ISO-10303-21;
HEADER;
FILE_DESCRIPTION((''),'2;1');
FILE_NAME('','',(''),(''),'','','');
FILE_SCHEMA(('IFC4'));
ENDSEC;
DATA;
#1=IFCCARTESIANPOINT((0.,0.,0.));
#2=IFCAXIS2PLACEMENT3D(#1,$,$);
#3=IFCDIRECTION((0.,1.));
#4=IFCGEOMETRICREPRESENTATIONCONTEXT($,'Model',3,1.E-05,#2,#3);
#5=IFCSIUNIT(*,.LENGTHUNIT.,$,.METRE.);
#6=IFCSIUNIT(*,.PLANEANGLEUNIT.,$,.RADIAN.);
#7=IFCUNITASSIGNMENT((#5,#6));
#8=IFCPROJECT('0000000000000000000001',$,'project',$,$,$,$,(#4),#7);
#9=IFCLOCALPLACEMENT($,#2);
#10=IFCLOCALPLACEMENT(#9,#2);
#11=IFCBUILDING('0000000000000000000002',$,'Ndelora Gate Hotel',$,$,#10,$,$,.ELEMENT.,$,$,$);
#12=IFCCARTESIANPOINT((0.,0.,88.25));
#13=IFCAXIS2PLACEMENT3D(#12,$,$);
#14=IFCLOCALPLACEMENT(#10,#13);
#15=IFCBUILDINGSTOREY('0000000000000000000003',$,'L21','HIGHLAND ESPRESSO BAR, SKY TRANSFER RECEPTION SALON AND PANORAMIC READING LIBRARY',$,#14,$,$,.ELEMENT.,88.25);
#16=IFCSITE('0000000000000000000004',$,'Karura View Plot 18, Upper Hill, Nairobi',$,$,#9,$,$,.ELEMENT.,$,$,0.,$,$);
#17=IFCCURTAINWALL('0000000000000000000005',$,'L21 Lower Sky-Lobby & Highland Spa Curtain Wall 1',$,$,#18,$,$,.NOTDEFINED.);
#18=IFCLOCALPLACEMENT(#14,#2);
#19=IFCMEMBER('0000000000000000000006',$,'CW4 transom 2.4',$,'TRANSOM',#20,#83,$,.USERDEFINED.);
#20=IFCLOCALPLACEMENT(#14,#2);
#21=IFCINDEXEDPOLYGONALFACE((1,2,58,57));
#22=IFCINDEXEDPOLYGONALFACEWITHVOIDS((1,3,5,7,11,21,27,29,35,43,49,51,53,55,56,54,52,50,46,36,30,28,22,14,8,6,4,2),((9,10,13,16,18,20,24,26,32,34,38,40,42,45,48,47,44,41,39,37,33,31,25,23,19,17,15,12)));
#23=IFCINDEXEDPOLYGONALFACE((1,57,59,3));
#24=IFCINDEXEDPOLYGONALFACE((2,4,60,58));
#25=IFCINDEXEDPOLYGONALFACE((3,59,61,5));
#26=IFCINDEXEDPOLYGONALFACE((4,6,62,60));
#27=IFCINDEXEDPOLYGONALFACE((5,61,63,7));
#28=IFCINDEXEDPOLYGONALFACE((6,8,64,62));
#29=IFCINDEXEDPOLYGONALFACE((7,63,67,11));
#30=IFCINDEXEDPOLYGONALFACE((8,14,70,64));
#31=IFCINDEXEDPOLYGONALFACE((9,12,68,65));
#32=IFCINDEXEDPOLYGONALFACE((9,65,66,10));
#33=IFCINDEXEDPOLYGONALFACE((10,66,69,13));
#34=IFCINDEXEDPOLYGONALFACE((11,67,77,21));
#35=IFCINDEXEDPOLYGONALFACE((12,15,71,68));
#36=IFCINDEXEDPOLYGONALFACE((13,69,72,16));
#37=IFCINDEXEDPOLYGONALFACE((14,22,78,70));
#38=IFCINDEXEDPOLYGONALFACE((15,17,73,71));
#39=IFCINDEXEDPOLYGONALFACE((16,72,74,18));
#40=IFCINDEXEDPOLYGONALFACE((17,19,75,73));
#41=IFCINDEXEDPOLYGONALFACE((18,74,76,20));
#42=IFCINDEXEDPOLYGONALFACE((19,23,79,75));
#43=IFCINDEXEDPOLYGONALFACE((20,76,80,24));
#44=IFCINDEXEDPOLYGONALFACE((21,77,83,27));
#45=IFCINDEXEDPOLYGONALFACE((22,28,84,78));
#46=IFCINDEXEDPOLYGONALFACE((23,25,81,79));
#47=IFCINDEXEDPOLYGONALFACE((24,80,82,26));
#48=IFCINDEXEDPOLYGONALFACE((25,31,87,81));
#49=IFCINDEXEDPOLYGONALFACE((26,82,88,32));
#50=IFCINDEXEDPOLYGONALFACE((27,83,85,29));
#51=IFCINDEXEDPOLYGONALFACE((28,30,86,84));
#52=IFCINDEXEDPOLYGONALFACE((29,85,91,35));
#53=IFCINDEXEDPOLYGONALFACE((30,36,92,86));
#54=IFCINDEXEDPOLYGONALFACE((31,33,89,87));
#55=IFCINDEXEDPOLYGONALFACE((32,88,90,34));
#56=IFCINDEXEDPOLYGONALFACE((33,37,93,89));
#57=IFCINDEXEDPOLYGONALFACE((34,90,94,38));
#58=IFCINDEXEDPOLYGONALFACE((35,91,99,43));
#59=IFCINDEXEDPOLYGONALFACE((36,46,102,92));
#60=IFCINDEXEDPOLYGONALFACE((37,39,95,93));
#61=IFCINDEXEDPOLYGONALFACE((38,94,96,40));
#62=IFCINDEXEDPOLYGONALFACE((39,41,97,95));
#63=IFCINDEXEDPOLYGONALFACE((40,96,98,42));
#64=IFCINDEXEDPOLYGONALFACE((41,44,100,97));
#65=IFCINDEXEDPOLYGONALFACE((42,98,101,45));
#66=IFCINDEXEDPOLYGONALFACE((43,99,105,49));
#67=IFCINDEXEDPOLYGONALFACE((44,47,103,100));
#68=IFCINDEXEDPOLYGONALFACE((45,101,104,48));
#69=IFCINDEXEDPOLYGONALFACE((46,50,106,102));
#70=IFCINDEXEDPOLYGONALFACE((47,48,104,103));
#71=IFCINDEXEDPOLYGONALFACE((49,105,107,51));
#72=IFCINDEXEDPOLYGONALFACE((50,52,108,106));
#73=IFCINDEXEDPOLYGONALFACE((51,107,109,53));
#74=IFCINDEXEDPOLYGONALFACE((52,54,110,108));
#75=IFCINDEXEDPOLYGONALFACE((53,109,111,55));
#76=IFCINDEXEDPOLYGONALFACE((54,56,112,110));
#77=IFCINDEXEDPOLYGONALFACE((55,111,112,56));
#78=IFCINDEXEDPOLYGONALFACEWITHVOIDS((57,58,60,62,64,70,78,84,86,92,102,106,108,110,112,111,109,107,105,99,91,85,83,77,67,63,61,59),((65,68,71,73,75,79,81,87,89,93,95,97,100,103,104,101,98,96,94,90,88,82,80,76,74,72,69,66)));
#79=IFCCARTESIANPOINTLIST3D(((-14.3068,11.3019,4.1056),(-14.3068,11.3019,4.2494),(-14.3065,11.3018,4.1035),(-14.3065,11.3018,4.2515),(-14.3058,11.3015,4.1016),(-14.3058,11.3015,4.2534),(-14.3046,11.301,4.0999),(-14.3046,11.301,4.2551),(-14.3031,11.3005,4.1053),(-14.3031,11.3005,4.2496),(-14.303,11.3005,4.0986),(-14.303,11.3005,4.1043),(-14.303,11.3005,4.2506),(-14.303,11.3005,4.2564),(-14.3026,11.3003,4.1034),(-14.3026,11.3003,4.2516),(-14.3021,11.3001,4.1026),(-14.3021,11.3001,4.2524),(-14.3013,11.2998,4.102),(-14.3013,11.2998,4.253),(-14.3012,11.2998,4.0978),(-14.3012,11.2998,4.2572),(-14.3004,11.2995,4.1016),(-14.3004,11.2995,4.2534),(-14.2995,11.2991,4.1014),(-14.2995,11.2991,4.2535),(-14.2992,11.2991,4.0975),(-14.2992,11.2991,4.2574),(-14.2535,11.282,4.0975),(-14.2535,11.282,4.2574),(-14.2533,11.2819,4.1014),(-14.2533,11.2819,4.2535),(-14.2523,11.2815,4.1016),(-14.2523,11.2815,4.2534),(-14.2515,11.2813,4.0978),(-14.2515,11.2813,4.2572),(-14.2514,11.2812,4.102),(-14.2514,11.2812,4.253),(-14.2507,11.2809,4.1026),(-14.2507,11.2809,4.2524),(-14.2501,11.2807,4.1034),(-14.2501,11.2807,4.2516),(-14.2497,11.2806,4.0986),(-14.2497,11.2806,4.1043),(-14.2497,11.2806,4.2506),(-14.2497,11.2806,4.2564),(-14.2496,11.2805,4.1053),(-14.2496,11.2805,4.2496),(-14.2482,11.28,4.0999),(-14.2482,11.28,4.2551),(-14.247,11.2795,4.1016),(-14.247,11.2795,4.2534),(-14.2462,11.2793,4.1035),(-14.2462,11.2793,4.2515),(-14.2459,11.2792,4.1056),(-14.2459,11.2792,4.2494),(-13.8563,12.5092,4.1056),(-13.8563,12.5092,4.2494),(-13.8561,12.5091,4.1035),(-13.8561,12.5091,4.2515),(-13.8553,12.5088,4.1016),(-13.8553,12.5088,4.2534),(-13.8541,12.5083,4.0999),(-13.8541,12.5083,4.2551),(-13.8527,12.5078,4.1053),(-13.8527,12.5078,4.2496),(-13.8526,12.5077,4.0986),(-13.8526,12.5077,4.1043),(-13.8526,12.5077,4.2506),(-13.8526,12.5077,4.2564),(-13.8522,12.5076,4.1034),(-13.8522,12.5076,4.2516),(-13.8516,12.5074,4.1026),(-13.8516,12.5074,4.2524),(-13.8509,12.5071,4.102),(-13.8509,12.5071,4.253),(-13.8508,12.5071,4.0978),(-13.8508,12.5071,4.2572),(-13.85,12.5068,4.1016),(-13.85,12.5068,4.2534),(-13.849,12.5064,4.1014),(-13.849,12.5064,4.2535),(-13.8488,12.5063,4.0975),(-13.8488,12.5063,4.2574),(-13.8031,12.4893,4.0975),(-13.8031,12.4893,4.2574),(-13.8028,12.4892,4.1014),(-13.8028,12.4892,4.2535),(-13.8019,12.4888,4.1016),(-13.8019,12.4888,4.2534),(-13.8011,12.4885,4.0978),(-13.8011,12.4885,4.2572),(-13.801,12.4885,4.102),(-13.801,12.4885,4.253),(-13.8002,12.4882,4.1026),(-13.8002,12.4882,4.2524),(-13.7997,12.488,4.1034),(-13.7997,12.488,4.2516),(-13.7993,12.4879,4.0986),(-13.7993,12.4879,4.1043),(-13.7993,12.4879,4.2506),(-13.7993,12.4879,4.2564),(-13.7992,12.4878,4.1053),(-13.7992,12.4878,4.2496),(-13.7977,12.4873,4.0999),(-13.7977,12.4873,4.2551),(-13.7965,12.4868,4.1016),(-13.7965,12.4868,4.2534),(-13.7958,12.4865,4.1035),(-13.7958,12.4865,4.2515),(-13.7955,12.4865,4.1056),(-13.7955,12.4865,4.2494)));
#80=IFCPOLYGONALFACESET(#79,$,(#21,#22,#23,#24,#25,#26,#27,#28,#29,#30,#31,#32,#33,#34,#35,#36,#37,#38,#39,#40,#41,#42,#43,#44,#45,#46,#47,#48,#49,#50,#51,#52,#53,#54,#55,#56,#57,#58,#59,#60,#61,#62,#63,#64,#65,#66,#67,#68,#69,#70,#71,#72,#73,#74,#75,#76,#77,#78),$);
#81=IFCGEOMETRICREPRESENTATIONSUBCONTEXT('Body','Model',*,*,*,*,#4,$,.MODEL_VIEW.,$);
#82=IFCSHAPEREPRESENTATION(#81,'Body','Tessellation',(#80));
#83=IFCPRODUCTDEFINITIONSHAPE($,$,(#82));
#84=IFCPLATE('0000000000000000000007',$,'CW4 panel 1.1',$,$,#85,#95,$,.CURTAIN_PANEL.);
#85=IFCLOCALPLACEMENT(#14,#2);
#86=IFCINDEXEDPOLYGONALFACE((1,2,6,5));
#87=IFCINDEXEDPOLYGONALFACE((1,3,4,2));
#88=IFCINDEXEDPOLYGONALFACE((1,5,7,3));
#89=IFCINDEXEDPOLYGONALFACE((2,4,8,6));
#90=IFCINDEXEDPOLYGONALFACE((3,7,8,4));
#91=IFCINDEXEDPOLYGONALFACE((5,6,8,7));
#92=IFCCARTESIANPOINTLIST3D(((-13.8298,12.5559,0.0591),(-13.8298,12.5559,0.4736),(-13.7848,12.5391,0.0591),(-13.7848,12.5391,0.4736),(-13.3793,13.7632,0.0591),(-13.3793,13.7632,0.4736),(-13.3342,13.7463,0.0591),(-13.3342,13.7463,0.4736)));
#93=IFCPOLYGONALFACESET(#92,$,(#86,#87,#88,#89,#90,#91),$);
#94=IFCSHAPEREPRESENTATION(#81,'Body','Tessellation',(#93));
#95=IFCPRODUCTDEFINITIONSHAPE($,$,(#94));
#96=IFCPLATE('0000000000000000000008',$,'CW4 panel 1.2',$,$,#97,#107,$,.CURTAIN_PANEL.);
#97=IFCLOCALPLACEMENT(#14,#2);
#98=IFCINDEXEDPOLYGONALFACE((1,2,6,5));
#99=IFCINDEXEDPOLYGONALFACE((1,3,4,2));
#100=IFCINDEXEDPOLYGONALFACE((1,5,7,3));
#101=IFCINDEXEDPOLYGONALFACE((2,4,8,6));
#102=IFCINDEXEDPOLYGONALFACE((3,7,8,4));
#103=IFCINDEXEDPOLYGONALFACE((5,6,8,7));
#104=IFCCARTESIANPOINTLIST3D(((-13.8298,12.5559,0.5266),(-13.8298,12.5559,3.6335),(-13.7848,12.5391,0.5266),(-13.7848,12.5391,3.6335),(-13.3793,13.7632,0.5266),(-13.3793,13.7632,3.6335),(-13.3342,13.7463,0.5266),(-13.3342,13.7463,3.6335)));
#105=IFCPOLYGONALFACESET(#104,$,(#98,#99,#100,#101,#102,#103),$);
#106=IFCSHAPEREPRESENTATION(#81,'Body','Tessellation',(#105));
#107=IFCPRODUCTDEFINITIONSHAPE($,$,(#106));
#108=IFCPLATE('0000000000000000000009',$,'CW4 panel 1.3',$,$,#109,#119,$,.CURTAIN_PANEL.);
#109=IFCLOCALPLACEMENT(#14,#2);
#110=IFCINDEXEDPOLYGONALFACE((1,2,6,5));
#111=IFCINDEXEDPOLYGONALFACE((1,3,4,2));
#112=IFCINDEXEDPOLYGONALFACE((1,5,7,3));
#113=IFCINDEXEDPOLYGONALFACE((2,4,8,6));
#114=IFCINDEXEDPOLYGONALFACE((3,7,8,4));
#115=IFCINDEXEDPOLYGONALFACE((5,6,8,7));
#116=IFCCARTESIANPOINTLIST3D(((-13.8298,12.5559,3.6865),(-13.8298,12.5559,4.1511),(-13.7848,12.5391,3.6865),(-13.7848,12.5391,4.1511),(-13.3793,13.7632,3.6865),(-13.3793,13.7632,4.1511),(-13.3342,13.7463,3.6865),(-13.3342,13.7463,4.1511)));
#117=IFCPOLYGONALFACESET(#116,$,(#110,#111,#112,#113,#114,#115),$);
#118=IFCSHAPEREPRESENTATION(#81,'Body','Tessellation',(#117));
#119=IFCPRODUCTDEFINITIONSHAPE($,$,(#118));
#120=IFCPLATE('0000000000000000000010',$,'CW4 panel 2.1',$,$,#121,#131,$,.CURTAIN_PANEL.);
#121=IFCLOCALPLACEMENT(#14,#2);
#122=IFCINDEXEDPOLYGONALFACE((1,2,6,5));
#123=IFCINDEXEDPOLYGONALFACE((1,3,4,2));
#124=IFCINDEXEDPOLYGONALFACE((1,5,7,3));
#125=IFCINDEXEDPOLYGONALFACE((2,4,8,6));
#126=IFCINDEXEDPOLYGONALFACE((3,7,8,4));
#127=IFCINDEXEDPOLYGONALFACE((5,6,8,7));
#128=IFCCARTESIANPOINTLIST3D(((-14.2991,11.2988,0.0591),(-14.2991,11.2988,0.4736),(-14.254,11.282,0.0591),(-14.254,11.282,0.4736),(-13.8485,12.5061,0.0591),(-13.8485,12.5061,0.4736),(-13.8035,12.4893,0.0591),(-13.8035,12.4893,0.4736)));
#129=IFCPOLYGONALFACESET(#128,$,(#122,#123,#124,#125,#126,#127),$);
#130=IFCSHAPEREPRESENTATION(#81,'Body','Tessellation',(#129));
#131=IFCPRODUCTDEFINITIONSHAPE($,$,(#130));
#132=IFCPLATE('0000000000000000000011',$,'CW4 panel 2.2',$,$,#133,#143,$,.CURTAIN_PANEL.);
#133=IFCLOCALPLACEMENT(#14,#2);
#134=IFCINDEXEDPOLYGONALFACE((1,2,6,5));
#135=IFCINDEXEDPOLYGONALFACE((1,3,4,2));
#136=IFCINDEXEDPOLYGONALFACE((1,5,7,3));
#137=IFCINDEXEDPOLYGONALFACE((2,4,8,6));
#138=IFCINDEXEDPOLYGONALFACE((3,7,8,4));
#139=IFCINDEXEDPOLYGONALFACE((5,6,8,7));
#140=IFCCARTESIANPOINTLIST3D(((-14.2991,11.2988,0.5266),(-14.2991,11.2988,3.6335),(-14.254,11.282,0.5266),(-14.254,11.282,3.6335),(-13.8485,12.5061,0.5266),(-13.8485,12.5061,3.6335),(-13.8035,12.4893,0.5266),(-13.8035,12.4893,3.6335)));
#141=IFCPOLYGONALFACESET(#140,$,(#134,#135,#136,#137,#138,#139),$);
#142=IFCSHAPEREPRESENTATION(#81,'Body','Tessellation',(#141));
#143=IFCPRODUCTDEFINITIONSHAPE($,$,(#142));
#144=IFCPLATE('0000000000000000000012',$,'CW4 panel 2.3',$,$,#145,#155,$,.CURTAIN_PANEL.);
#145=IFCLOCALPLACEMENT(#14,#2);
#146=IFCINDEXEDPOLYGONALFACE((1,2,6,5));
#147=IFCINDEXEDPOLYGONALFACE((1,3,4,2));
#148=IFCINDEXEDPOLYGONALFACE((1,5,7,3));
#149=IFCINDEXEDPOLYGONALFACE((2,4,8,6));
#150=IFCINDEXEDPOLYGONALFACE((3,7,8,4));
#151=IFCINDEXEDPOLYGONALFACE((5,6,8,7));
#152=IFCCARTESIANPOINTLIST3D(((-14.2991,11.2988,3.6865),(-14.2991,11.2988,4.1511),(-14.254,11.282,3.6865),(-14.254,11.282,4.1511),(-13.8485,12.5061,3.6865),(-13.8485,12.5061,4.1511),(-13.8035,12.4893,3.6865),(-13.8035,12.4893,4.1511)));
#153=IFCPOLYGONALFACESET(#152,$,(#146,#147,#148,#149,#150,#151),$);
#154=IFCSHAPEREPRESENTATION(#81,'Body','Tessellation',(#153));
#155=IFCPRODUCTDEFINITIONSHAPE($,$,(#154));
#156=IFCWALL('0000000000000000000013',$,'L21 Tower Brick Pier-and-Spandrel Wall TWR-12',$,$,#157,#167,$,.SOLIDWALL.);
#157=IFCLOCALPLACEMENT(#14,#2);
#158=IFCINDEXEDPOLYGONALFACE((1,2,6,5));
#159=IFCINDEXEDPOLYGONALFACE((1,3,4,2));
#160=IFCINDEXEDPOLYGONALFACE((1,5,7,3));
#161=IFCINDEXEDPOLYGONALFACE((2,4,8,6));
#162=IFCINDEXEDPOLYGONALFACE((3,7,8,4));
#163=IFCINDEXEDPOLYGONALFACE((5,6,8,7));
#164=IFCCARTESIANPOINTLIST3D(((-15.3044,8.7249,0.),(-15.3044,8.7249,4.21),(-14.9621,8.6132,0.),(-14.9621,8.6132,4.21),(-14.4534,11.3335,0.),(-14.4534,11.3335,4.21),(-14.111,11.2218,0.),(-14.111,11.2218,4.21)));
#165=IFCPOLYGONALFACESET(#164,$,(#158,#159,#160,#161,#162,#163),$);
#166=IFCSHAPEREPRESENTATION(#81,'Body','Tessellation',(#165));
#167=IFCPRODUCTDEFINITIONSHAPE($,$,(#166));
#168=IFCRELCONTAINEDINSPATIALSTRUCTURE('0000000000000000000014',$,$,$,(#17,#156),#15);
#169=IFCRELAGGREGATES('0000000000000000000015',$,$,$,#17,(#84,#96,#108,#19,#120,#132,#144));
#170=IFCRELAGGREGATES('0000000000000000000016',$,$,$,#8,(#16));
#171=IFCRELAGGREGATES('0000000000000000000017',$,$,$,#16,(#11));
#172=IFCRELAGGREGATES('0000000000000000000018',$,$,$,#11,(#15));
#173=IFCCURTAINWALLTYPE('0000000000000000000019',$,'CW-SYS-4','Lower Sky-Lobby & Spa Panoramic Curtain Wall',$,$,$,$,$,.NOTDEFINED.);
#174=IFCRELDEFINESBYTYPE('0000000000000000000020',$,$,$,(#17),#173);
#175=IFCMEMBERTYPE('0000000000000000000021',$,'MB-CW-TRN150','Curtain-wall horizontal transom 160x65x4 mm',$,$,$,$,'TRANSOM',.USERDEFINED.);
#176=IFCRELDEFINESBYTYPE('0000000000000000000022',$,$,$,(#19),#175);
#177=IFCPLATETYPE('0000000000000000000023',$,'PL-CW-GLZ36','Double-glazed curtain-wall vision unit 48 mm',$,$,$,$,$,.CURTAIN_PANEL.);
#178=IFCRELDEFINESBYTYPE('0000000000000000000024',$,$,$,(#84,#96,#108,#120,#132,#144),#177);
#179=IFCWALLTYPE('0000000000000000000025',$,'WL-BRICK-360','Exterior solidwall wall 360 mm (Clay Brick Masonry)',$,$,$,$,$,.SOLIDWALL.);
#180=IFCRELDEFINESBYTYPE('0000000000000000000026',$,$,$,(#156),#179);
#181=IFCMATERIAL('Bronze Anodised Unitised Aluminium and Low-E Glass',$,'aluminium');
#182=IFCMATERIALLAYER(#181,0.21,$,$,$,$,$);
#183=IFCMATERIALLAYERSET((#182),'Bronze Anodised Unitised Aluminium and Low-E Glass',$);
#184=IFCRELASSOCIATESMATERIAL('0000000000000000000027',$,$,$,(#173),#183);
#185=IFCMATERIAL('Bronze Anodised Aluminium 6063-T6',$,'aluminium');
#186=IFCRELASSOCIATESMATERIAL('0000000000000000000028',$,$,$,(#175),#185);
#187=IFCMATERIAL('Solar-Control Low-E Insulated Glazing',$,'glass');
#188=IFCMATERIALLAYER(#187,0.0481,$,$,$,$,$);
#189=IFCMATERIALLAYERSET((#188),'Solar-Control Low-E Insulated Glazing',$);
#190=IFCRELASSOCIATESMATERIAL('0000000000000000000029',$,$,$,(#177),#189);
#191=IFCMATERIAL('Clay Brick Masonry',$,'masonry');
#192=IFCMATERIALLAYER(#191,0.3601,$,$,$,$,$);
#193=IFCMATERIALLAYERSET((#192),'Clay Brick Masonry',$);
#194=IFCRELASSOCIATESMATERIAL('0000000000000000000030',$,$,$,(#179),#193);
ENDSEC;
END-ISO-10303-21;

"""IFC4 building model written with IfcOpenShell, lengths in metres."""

from ifc_helpers import new_model, si_unit, direction, frame, frame_2d, origin, origin_2d, place, context, subcontext, project, spatial, rectangle, hollow_rectangle, extrude, material, layer, layer_set, material_profile, profile_set, type_object, element, aggregate, save


model = new_model("IFC4")

# Units and contexts
model_context = context("Model", 3, precision=1e-05, world=origin(), true_north=direction((0.0, 1.0)))
body_context = subcontext(model_context, "Body", "Model", "MODEL_VIEW")
ifc_project = project(units=[si_unit("LENGTHUNIT", "METRE"), si_unit("PLANEANGLEUNIT", "RADIAN")], contexts=[model_context])

# Site, building, storey
site_placement = place(None, origin())
site = spatial("IfcSite", under=ifc_project, at=site_placement, Name="Karura View Plot 18, Upper Hill, Nairobi", CompositionType="ELEMENT", RefElevation=0.0)
building_placement = place(site_placement, origin())
building = spatial("IfcBuilding", under=site, at=building_placement, Name="Ndelora Gate Hotel", CompositionType="ELEMENT")
storey_placement = place(building_placement, frame((0.0, 0.0, 88.25)))
storey = spatial("IfcBuildingStorey", under=building, at=storey_placement, Name="L21", Description="HIGHLAND ESPRESSO BAR, SKY TRANSFER RECEPTION SALON AND PANORAMIC READING LIBRARY", CompositionType="ELEMENT", Elevation=88.25)

# Curtain wall, member, plates
ifc_material_1 = material(Name="Bronze Anodised Unitised Aluminium and Low-E Glass", Category="aluminium")
ifc_layer_1 = layer(ifc_material_1, 0.21)
ifc_layer_set_1 = layer_set([ifc_layer_1], Name="Bronze Anodised Unitised Aluminium and Low-E Glass")
curtain_wall_type = type_object("IfcCurtainWallType", Name="CW-SYS-4", Description="Lower Sky-Lobby & Spa Panoramic Curtain Wall", PredefinedType="NOTDEFINED", material=ifc_layer_set_1)
curtain_wall_placement = place(storey_placement, origin())
curtain_wall = element("IfcCurtainWall", 1, at=curtain_wall_placement, inside=storey, type_object=curtain_wall_type, Name="L21 Lower Sky-Lobby & Highland Spa Curtain Wall 1", PredefinedType="NOTDEFINED")
ifc_material_2 = material(Name="Bronze Anodised Aluminium 6063-T6", Category="aluminium")
ifc_material_profile_1 = material_profile(ifc_material_2, hollow_rectangle(XDim=0.0649, YDim=0.1599, WallThickness=0.0039, InnerFilletRadius=0.0039, OuterFilletRadius=0.0081, at=origin_2d()), Name="ALU 160x65x4")
ifc_profile_set_1 = profile_set([ifc_material_profile_1], Name="Bronze Anodised Aluminium 6063-T6")
member_type_1 = type_object("IfcMemberType", Name="MB-CW-TRN150", Description="Curtain-wall horizontal transom 160x65x4 mm", ElementType="TRANSOM", PredefinedType="USERDEFINED", material=ifc_profile_set_1)
member_1_placement = place(storey_placement, frame((-13.8259, 12.4978, 4.1775), z_axis=(-0.349566, -0.936912, 0.0), x_axis=(0.936912, -0.349566, 0.0)))
member_1 = element("IfcMember", 2, at=member_1_placement, type_object=member_type_1, Name="CW4 transom 2.4", ObjectType="TRANSOM", PredefinedType="USERDEFINED", context=body_context, shape_type="SweptSolid", body=[
    extrude(hollow_rectangle(XDim=0.0649, YDim=0.1599, WallThickness=0.0039, InnerFilletRadius=0.0039, OuterFilletRadius=0.0081, at=origin_2d()), origin(), (0.0, 0.0, 1.0), 1.2886),
])
ifc_material_3 = material(Name="Solar-Control Low-E Insulated Glazing", Category="glass")
ifc_layer_2 = layer(ifc_material_3, 0.0481)
ifc_layer_set_2 = layer_set([ifc_layer_2], Name="Solar-Control Low-E Insulated Glazing")
plate_type = type_object("IfcPlateType", Name="PL-CW-GLZ36", Description="Double-glazed curtain-wall vision unit 48 mm", PredefinedType="CURTAIN_PANEL", material=ifc_layer_set_2)
plate_1_placement = place(storey_placement, frame((-13.582, 13.1511, 0.0591), z_axis=(0.0, 0.0, 1.0), x_axis=(-0.349628, -0.936889, 0.0)))
plate_1 = element("IfcPlate", 3, at=plate_1_placement, type_object=plate_type, Name="CW4 panel 1.1", PredefinedType="CURTAIN_PANEL", context=body_context, shape_type="SweptSolid", body=[
    extrude(rectangle(XDim=1.2886, YDim=0.0481, at=origin_2d()), origin(), (0.0, 0.0, 1.0), 0.4146),
])
plate_2_placement = place(storey_placement, frame((-13.582, 13.1511, 0.5266), z_axis=(0.0, 0.0, 1.0), x_axis=(-0.349628, -0.936889, 0.0)))
plate_2 = element("IfcPlate", 4, at=plate_2_placement, type_object=plate_type, Name="CW4 panel 1.2", PredefinedType="CURTAIN_PANEL", context=body_context, shape_type="SweptSolid", body=[
    extrude(rectangle(XDim=1.2886, YDim=0.0481, at=origin_2d()), origin(), (0.0, 0.0, 1.0), 3.1069),
])
plate_3_placement = place(storey_placement, frame((-13.582, 13.1511, 3.6865), z_axis=(0.0, 0.0, 1.0), x_axis=(-0.349628, -0.936889, 0.0)))
plate_3 = element("IfcPlate", 5, at=plate_3_placement, type_object=plate_type, Name="CW4 panel 1.3", PredefinedType="CURTAIN_PANEL", context=body_context, shape_type="SweptSolid", body=[
    extrude(rectangle(XDim=1.2886, YDim=0.0481, at=origin_2d()), origin(), (0.0, 0.0, 1.0), 0.4646),
])
plate_4_placement = place(storey_placement, frame((-14.0513, 11.894, 0.0591), z_axis=(0.0, 0.0, 1.0), x_axis=(-0.349628, -0.936889, 0.0)))
plate_4 = element("IfcPlate", 6, at=plate_4_placement, type_object=plate_type, Name="CW4 panel 2.1", PredefinedType="CURTAIN_PANEL", context=body_context, shape_type="SweptSolid", body=[
    extrude(rectangle(XDim=1.2886, YDim=0.0481, at=origin_2d()), origin(), (0.0, 0.0, 1.0), 0.4146),
])
plate_5_placement = place(storey_placement, frame((-14.0513, 11.894, 0.5266), z_axis=(0.0, 0.0, 1.0), x_axis=(-0.349628, -0.936889, 0.0)))
plate_5 = element("IfcPlate", 7, at=plate_5_placement, type_object=plate_type, Name="CW4 panel 2.2", PredefinedType="CURTAIN_PANEL", context=body_context, shape_type="SweptSolid", body=[
    extrude(rectangle(XDim=1.2886, YDim=0.0481, at=origin_2d()), origin(), (0.0, 0.0, 1.0), 3.1069),
])
plate_6_placement = place(storey_placement, frame((-14.0513, 11.894, 3.6865), z_axis=(0.0, 0.0, 1.0), x_axis=(-0.349628, -0.936889, 0.0)))
plate_6 = element("IfcPlate", 8, at=plate_6_placement, type_object=plate_type, Name="CW4 panel 2.3", PredefinedType="CURTAIN_PANEL", context=body_context, shape_type="SweptSolid", body=[
    extrude(rectangle(XDim=1.2886, YDim=0.0481, at=origin_2d()), origin(), (0.0, 0.0, 1.0), 0.4646),
])
aggregate(curtain_wall, [plate_1, plate_2, plate_3, member_1, plate_4, plate_5, plate_6])

# Wall
ifc_material_4 = material(Name="Clay Brick Masonry", Category="masonry")
ifc_layer_3 = layer(ifc_material_4, 0.3601)
ifc_layer_set_3 = layer_set([ifc_layer_3], Name="Clay Brick Masonry")
wall_type_1 = type_object("IfcWallType", Name="WL-BRICK-360", Description="Exterior solidwall wall 360 mm (Clay Brick Masonry)", PredefinedType="SOLIDWALL", material=ifc_layer_set_3)
wall_1_placement = place(storey_placement, frame((-15.1333, 8.6689, 0.0), z_axis=(0.0, 0.0, 1.0), x_axis=(0.310162, 0.950684, 0.0)))
element("IfcWall", 9, at=wall_1_placement, inside=storey, type_object=wall_type_1, Name="L21 Tower Brick Pier-and-Spandrel Wall TWR-12", PredefinedType="SOLIDWALL", context=body_context, shape_type="SweptSolid", body=[
    extrude(rectangle(XDim=2.7439, YDim=0.3601, at=frame_2d((1.3721, 0.0))), origin(), (0.0, 0.0, 1.0), 4.21),
])

save(model, "model.ifc")
